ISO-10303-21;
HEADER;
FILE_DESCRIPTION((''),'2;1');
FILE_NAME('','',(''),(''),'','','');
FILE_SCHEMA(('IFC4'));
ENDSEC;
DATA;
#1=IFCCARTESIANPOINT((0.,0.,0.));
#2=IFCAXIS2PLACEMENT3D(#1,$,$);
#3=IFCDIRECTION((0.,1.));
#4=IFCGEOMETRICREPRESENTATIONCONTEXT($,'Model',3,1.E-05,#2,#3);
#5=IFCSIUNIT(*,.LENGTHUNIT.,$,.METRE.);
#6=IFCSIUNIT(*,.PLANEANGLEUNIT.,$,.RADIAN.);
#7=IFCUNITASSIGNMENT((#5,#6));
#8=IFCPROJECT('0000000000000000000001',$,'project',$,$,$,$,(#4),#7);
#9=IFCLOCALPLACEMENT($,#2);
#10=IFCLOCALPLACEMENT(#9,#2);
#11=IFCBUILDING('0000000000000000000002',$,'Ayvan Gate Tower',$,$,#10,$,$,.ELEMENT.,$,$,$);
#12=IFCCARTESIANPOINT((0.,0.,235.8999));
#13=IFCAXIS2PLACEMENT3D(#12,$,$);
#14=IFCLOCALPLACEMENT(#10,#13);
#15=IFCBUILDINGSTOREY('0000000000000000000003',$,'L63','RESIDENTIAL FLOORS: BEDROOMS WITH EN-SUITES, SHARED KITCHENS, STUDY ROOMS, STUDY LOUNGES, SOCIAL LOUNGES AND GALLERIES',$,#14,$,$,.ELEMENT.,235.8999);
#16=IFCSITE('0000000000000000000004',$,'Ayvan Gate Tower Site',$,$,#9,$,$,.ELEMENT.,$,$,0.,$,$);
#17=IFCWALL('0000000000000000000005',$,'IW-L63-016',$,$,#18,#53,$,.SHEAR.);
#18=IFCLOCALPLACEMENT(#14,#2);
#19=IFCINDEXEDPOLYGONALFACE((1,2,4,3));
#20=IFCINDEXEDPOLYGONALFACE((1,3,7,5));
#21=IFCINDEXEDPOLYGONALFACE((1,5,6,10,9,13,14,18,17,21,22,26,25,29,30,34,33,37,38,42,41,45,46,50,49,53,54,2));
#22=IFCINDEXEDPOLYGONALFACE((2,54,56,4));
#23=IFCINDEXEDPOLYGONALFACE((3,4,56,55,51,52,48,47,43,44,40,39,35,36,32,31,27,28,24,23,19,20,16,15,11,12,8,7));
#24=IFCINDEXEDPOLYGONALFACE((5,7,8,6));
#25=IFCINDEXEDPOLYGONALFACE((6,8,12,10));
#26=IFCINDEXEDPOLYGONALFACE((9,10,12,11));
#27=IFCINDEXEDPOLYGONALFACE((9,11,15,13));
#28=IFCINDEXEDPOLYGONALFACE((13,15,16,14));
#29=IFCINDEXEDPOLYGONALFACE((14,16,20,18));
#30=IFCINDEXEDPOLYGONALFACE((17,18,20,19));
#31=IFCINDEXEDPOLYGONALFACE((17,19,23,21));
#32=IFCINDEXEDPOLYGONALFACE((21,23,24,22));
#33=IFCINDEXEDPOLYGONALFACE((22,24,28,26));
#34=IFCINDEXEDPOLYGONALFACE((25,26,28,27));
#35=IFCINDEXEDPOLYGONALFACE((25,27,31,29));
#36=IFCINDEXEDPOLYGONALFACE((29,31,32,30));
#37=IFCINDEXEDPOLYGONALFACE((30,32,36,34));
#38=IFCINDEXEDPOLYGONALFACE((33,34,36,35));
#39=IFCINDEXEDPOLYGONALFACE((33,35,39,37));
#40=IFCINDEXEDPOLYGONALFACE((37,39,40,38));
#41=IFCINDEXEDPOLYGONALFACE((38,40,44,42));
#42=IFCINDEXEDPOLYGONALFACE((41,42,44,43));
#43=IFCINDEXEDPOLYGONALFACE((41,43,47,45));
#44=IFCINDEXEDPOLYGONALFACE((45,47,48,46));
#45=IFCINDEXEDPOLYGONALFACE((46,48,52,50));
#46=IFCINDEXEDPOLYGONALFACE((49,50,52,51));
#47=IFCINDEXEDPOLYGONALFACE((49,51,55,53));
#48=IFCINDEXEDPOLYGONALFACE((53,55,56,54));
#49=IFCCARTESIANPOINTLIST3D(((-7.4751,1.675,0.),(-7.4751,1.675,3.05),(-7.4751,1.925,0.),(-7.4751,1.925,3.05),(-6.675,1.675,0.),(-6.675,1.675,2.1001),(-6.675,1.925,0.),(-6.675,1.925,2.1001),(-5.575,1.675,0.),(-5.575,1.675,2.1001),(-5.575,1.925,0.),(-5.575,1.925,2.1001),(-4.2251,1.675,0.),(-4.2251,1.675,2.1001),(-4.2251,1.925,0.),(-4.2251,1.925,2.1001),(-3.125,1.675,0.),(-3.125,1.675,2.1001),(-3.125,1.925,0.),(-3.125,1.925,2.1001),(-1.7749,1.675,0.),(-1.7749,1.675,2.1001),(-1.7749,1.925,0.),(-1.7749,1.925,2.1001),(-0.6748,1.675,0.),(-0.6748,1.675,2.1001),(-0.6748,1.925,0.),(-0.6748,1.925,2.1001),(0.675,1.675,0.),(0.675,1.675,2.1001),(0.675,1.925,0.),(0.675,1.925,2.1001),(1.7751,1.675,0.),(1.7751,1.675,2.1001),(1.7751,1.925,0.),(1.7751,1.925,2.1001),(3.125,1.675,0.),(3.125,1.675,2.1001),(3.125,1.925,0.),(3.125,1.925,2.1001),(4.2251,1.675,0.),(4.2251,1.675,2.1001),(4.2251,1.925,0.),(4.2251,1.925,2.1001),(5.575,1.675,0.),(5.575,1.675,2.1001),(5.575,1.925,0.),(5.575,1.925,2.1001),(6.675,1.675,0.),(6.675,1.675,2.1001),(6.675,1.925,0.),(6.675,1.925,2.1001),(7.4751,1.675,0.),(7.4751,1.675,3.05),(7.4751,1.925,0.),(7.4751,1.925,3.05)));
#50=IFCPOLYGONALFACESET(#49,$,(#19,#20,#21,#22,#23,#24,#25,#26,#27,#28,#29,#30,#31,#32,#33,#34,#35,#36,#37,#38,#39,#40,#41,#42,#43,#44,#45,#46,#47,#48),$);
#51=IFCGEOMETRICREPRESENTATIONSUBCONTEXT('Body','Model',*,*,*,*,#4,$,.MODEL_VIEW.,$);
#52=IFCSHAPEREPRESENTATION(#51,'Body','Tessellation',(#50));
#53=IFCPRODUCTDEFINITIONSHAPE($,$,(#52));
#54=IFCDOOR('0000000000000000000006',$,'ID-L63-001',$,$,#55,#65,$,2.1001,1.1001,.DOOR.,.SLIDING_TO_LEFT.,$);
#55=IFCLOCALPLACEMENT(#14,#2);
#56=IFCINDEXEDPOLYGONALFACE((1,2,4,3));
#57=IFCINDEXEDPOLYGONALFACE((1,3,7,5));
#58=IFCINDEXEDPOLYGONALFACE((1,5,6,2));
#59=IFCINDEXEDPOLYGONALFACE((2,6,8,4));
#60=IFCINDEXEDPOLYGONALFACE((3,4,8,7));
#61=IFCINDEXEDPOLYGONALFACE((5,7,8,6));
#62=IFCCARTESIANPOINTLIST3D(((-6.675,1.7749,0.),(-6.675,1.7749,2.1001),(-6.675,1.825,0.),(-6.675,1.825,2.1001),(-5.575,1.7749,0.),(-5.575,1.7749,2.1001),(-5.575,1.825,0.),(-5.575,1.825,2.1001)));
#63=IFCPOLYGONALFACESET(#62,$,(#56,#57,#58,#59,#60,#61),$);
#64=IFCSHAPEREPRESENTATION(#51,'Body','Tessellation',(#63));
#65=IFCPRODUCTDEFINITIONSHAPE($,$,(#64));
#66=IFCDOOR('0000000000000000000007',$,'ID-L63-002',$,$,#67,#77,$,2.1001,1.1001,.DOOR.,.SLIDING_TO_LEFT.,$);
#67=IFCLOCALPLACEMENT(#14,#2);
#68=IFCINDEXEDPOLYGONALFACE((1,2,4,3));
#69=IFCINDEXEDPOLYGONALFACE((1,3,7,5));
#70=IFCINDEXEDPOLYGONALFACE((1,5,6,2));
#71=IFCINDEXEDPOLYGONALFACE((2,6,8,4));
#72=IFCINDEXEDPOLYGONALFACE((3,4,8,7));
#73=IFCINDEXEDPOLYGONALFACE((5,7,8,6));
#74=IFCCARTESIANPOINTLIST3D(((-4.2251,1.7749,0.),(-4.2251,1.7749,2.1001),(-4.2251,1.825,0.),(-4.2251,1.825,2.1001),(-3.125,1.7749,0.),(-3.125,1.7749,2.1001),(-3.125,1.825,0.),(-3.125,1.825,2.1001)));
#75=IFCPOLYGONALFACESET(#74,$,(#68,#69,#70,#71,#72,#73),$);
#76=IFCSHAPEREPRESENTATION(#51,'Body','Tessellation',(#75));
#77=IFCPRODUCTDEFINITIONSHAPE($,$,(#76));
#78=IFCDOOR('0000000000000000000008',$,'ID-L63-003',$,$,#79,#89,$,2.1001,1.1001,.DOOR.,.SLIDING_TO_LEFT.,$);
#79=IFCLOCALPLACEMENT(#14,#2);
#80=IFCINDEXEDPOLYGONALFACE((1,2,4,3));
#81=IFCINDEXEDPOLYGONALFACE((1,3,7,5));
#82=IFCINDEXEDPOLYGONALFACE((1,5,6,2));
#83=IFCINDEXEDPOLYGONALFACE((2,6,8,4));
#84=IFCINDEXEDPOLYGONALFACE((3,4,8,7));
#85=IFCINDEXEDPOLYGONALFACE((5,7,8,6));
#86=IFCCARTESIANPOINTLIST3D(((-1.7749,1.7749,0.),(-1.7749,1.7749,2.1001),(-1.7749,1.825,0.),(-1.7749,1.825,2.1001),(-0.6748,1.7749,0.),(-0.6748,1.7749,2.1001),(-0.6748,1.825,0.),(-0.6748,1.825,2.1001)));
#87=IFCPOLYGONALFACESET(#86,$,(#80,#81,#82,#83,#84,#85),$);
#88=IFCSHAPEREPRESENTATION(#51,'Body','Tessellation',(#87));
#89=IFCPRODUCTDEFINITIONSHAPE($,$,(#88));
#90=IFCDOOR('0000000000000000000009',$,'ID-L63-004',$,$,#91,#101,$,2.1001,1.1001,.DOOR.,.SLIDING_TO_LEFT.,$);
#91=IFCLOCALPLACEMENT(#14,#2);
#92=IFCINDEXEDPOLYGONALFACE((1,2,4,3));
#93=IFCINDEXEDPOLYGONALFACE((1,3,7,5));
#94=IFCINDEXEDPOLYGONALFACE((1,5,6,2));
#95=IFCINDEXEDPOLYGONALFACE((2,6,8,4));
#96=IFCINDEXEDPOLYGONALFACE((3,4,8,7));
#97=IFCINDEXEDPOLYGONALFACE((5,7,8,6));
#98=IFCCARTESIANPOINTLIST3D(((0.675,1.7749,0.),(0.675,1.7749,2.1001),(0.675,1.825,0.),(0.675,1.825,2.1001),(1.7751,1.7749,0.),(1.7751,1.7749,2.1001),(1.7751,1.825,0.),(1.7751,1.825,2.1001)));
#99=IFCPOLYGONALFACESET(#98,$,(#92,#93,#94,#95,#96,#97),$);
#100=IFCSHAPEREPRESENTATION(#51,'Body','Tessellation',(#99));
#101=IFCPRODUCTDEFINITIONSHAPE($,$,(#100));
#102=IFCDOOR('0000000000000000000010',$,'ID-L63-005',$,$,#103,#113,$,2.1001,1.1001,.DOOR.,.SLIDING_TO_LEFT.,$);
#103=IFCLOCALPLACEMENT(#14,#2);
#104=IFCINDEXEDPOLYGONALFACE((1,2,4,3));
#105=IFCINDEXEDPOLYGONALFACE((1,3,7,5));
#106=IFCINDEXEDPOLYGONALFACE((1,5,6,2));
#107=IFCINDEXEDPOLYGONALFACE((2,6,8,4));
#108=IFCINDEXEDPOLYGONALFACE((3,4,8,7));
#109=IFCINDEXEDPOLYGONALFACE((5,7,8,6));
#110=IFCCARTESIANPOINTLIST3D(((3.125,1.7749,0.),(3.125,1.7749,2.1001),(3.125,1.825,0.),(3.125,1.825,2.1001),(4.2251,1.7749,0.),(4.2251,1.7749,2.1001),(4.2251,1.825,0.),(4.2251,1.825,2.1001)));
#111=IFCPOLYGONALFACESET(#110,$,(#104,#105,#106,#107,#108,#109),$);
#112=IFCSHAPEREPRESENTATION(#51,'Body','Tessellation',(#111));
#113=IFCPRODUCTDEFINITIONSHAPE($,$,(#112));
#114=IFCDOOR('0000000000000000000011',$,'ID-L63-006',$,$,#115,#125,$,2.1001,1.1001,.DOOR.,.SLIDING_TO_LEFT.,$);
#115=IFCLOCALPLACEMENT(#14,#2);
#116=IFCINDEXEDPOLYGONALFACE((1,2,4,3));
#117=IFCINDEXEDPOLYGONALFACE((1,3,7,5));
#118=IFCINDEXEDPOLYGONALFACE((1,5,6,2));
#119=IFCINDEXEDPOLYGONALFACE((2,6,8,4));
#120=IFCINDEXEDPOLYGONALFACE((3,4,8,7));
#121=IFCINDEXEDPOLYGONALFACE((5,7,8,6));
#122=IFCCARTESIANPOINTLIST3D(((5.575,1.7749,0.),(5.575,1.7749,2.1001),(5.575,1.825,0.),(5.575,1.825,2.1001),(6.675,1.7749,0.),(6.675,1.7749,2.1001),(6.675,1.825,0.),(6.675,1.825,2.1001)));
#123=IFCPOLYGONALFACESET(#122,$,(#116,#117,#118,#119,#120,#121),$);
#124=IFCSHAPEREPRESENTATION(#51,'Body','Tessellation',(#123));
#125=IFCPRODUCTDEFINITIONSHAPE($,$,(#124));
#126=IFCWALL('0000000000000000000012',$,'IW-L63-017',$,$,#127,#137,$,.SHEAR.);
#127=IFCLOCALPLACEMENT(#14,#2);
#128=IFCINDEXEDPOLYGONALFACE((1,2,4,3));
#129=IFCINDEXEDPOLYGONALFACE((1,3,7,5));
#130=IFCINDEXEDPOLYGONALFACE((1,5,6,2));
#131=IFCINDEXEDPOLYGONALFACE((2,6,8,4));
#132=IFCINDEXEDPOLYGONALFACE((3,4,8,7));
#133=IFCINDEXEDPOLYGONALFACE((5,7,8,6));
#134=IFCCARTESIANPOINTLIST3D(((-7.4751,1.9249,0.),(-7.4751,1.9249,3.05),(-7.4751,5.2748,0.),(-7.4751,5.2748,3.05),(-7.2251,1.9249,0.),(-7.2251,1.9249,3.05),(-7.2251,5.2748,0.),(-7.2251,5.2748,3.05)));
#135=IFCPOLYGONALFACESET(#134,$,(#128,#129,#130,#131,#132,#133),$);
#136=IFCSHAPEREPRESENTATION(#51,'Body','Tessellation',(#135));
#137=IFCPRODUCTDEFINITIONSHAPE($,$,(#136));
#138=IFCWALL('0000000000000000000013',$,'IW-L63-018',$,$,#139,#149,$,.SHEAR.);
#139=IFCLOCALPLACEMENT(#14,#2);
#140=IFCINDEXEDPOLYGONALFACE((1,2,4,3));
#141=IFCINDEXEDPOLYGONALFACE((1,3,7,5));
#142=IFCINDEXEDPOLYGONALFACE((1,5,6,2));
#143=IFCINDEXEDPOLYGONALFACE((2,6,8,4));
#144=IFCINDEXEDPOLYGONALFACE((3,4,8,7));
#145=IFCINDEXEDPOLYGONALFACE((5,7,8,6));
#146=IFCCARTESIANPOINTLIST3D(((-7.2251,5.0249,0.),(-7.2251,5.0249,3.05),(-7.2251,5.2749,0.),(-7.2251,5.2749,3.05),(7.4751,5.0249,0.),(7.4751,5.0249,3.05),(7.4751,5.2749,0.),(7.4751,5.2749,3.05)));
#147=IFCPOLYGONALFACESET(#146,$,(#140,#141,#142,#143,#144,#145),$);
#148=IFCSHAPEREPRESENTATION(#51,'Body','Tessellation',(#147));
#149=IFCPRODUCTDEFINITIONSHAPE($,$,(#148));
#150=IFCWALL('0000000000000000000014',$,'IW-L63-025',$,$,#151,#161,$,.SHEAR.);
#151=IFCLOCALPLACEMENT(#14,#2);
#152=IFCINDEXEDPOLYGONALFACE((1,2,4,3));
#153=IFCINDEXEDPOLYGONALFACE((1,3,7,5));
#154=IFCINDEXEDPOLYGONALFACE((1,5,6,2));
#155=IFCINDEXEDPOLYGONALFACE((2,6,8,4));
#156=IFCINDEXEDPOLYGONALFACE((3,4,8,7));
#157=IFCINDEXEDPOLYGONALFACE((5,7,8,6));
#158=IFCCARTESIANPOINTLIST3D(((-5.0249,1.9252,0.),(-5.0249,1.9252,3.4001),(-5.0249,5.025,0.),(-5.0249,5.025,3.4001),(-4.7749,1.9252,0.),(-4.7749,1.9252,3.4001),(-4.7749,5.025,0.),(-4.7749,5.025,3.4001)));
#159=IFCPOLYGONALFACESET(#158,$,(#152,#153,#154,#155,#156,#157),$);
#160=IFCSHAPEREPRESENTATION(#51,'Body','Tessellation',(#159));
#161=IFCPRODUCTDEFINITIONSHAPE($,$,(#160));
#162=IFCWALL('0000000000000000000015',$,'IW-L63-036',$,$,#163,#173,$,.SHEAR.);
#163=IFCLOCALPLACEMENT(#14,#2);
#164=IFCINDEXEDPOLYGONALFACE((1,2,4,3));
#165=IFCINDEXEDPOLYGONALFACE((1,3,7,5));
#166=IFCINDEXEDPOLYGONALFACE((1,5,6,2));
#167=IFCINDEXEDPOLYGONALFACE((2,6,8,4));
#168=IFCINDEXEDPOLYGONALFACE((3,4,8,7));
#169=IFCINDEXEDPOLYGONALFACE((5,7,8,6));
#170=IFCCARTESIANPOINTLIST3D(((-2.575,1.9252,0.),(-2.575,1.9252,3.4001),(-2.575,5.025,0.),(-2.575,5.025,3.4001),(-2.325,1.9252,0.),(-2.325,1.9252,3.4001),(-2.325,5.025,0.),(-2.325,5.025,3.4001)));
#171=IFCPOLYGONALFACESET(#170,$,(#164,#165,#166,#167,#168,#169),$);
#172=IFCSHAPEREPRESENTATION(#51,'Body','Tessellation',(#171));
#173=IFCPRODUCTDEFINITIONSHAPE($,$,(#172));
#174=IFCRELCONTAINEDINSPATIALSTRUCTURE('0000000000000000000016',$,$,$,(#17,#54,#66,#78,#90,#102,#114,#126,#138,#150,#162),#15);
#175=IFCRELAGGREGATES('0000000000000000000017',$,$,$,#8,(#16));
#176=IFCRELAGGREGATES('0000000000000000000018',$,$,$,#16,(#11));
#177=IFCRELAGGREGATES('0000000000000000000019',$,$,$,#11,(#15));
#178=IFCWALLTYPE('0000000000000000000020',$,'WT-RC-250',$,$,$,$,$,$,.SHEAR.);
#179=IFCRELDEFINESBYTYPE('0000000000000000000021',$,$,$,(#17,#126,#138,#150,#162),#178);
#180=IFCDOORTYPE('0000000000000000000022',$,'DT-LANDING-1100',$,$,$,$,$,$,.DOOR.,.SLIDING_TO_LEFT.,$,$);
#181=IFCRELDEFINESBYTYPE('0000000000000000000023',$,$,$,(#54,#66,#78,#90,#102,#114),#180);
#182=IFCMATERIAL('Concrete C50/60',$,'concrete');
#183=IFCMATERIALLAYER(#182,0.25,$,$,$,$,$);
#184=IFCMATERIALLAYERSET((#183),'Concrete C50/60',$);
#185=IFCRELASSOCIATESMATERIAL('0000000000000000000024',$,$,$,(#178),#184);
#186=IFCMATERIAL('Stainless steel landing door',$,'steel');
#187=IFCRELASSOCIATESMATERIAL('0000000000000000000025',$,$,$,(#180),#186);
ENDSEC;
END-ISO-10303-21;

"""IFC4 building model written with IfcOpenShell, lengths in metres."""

from ifc_helpers import new_model, si_unit, direction, frame, frame_2d, origin, place, context, subcontext, project, spatial, rectangle, extrude, material, layer, layer_set, type_object, element, fill, save


model = new_model("IFC4")

# Units and contexts
model_context = context("Model", 3, precision=1e-05, world=origin(), true_north=direction((0.0, 1.0)))
body_context = subcontext(model_context, "Body", "Model", "MODEL_VIEW")
ifc_project = project(units=[si_unit("LENGTHUNIT", "METRE"), si_unit("PLANEANGLEUNIT", "RADIAN")], contexts=[model_context])

# Site, building, storey
site_placement = place(None, origin())
site = spatial("IfcSite", under=ifc_project, at=site_placement, Name="Ayvan Gate Tower Site", CompositionType="ELEMENT", RefElevation=0.0)
building_placement = place(site_placement, origin())
building = spatial("IfcBuilding", under=site, at=building_placement, Name="Ayvan Gate Tower", CompositionType="ELEMENT")
storey_placement = place(building_placement, frame((0.0, 0.0, 235.8999)))
storey = spatial("IfcBuildingStorey", under=building, at=storey_placement, Name="L63", Description="RESIDENTIAL FLOORS: BEDROOMS WITH EN-SUITES, SHARED KITCHENS, STUDY ROOMS, STUDY LOUNGES, SOCIAL LOUNGES AND GALLERIES", CompositionType="ELEMENT", Elevation=235.8999)

# Wall, openings, doors
ifc_material_1 = material(Name="Concrete C50/60", Category="concrete")
ifc_layer_1 = layer(ifc_material_1, 0.25)
ifc_layer_set_1 = layer_set([ifc_layer_1], Name="Concrete C50/60")
wall_type_1 = type_object("IfcWallType", Name="WT-RC-250", PredefinedType="SHEAR", material=ifc_layer_set_1)
wall_1_placement = place(storey_placement, frame((-7.4751, 1.8, 0.0), z_axis=(0.0, 0.0, 1.0), x_axis=(1.0, 0.0, 0.0)))
wall_1 = element("IfcWall", 1, at=wall_1_placement, inside=storey, type_object=wall_type_1, Name="IW-L63-016", PredefinedType="SHEAR", context=body_context, shape_type="SweptSolid", body=[
    extrude(rectangle(XDim=14.9502, YDim=0.25, at=frame_2d((7.4751, 0.0))), origin(), (0.0, 0.0, 1.0), 3.05),
])
opening_1_placement = place(wall_1_placement, frame((0.8, 0.0, 0.0)))
opening_1 = element("IfcOpeningElement", 2, at=opening_1_placement, cuts=wall_1, PredefinedType="OPENING", context=body_context, shape_type="SweptSolid", body=[
    extrude(rectangle(XDim=1.1001, YDim=2.1001, at=frame_2d((0.55, 1.05))), frame((0.0, 0.135, 0.0), z_axis=(0.0, -1.0, 0.0), x_axis=(1.0, 0.0, 0.0)), (0.0, 0.0, 1.0), 0.27),
])
opening_2_placement = place(wall_1_placement, frame((3.25, 0.0, 0.0)))
opening_2 = element("IfcOpeningElement", 3, at=opening_2_placement, cuts=wall_1, PredefinedType="OPENING", context=body_context, shape_type="SweptSolid", body=[
    extrude(rectangle(XDim=1.1001, YDim=2.1001, at=frame_2d((0.55, 1.05))), frame((0.0, 0.135, 0.0), z_axis=(0.0, -1.0, 0.0), x_axis=(1.0, 0.0, 0.0)), (0.0, 0.0, 1.0), 0.27),
])
opening_3_placement = place(wall_1_placement, frame((5.7002, 0.0, 0.0)))
opening_3 = element("IfcOpeningElement", 4, at=opening_3_placement, cuts=wall_1, PredefinedType="OPENING", context=body_context, shape_type="SweptSolid", body=[
    extrude(rectangle(XDim=1.1001, YDim=2.1001, at=frame_2d((0.55, 1.05))), frame((0.0, 0.135, 0.0), z_axis=(0.0, -1.0, 0.0), x_axis=(1.0, 0.0, 0.0)), (0.0, 0.0, 1.0), 0.27),
])
opening_4_placement = place(wall_1_placement, frame((8.1501, 0.0, 0.0)))
opening_4 = element("IfcOpeningElement", 5, at=opening_4_placement, cuts=wall_1, PredefinedType="OPENING", context=body_context, shape_type="SweptSolid", body=[
    extrude(rectangle(XDim=1.1001, YDim=2.1001, at=frame_2d((0.55, 1.05))), frame((0.0, 0.135, 0.0), z_axis=(0.0, -1.0, 0.0), x_axis=(1.0, 0.0, 0.0)), (0.0, 0.0, 1.0), 0.27),
])
opening_5_placement = place(wall_1_placement, frame((10.6001, 0.0, 0.0)))
opening_5 = element("IfcOpeningElement", 6, at=opening_5_placement, cuts=wall_1, PredefinedType="OPENING", context=body_context, shape_type="SweptSolid", body=[
    extrude(rectangle(XDim=1.1001, YDim=2.1001, at=frame_2d((0.55, 1.05))), frame((0.0, 0.135, 0.0), z_axis=(0.0, -1.0, 0.0), x_axis=(1.0, 0.0, 0.0)), (0.0, 0.0, 1.0), 0.27),
])
opening_6_placement = place(wall_1_placement, frame((13.05, 0.0, 0.0)))
opening_6 = element("IfcOpeningElement", 7, at=opening_6_placement, cuts=wall_1, PredefinedType="OPENING", context=body_context, shape_type="SweptSolid", body=[
    extrude(rectangle(XDim=1.1001, YDim=2.1001, at=frame_2d((0.55, 1.05))), frame((0.0, 0.135, 0.0), z_axis=(0.0, -1.0, 0.0), x_axis=(1.0, 0.0, 0.0)), (0.0, 0.0, 1.0), 0.27),
])
ifc_material_2 = material(Name="Stainless steel landing door", Category="steel")
door_type_1 = type_object("IfcDoorType", Name="DT-LANDING-1100", OperationType="SLIDING_TO_LEFT", PredefinedType="DOOR", material=ifc_material_2)
door_1_placement = place(opening_1_placement, origin())
door_1 = element("IfcDoor", 8, at=door_1_placement, inside=storey, type_object=door_type_1, Name="ID-L63-001", OperationType="SLIDING_TO_LEFT", OverallHeight=2.1001, OverallWidth=1.1001, PredefinedType="DOOR", context=body_context, shape_type="SweptSolid", body=[
    extrude(rectangle(XDim=1.1001, YDim=2.1001, at=frame_2d((0.55, 1.05))), frame((0.0, 0.0249, 0.0), z_axis=(0.0, -1.0, 0.0), x_axis=(1.0, 0.0, 0.0)), (0.0, 0.0, 1.0), 0.05),
])
fill(opening_1, door_1)
door_2_placement = place(opening_2_placement, origin())
door_2 = element("IfcDoor", 9, at=door_2_placement, inside=storey, type_object=door_type_1, Name="ID-L63-002", OperationType="SLIDING_TO_LEFT", OverallHeight=2.1001, OverallWidth=1.1001, PredefinedType="DOOR", context=body_context, shape_type="SweptSolid", body=[
    extrude(rectangle(XDim=1.1001, YDim=2.1001, at=frame_2d((0.55, 1.05))), frame((0.0, 0.0249, 0.0), z_axis=(0.0, -1.0, 0.0), x_axis=(1.0, 0.0, 0.0)), (0.0, 0.0, 1.0), 0.05),
])
fill(opening_2, door_2)
door_3_placement = place(opening_3_placement, origin())
door_3 = element("IfcDoor", 10, at=door_3_placement, inside=storey, type_object=door_type_1, Name="ID-L63-003", OperationType="SLIDING_TO_LEFT", OverallHeight=2.1001, OverallWidth=1.1001, PredefinedType="DOOR", context=body_context, shape_type="SweptSolid", body=[
    extrude(rectangle(XDim=1.1001, YDim=2.1001, at=frame_2d((0.55, 1.05))), frame((0.0, 0.0249, 0.0), z_axis=(0.0, -1.0, 0.0), x_axis=(1.0, 0.0, 0.0)), (0.0, 0.0, 1.0), 0.05),
])
fill(opening_3, door_3)
door_4_placement = place(opening_4_placement, origin())
door_4 = element("IfcDoor", 11, at=door_4_placement, inside=storey, type_object=door_type_1, Name="ID-L63-004", OperationType="SLIDING_TO_LEFT", OverallHeight=2.1001, OverallWidth=1.1001, PredefinedType="DOOR", context=body_context, shape_type="SweptSolid", body=[
    extrude(rectangle(XDim=1.1001, YDim=2.1001, at=frame_2d((0.55, 1.05))), frame((0.0, 0.0249, 0.0), z_axis=(0.0, -1.0, 0.0), x_axis=(1.0, 0.0, 0.0)), (0.0, 0.0, 1.0), 0.05),
])
fill(opening_4, door_4)
door_5_placement = place(opening_5_placement, origin())
door_5 = element("IfcDoor", 12, at=door_5_placement, inside=storey, type_object=door_type_1, Name="ID-L63-005", OperationType="SLIDING_TO_LEFT", OverallHeight=2.1001, OverallWidth=1.1001, PredefinedType="DOOR", context=body_context, shape_type="SweptSolid", body=[
    extrude(rectangle(XDim=1.1001, YDim=2.1001, at=frame_2d((0.55, 1.05))), frame((0.0, 0.0249, 0.0), z_axis=(0.0, -1.0, 0.0), x_axis=(1.0, 0.0, 0.0)), (0.0, 0.0, 1.0), 0.05),
])
fill(opening_5, door_5)
door_6_placement = place(opening_6_placement, origin())
door_6 = element("IfcDoor", 13, at=door_6_placement, inside=storey, type_object=door_type_1, Name="ID-L63-006", OperationType="SLIDING_TO_LEFT", OverallHeight=2.1001, OverallWidth=1.1001, PredefinedType="DOOR", context=body_context, shape_type="SweptSolid", body=[
    extrude(rectangle(XDim=1.1001, YDim=2.1001, at=frame_2d((0.55, 1.05))), frame((0.0, 0.0249, 0.0), z_axis=(0.0, -1.0, 0.0), x_axis=(1.0, 0.0, 0.0)), (0.0, 0.0, 1.0), 0.05),
])
fill(opening_6, door_6)

# Walls
wall_2_placement = place(storey_placement, frame((-7.3501, 1.925, 0.0), z_axis=(0.0, 0.0, 1.0), x_axis=(0.0, 1.0, 0.0)))
element("IfcWall", 14, at=wall_2_placement, inside=storey, type_object=wall_type_1, Name="IW-L63-017", PredefinedType="SHEAR", context=body_context, shape_type="SweptSolid", body=[
    extrude(rectangle(XDim=3.3499, YDim=0.25, at=frame_2d((1.6748, 0.0))), origin(), (0.0, 0.0, 1.0), 3.05),
])
wall_3_placement = place(storey_placement, frame((-7.2251, 5.1499, 0.0), z_axis=(0.0, 0.0, 1.0), x_axis=(1.0, 0.0, 0.0)))
element("IfcWall", 15, at=wall_3_placement, inside=storey, type_object=wall_type_1, Name="IW-L63-018", PredefinedType="SHEAR", context=body_context, shape_type="SweptSolid", body=[
    extrude(rectangle(XDim=14.7002, YDim=0.25, at=frame_2d((7.3501, 0.0))), origin(), (0.0, 0.0, 1.0), 3.05),
])
for number, where, z_axis, x_axis, name in (
    (16, (-4.8999, 5.0249, 0.0), (0.0, 0.0, 1.0), (0.0, -1.0, 0.0), "IW-L63-025"),
    (17, (-2.45, 5.0249, 0.0), (0.0, 0.0, 1.0), (0.0, -1.0, 0.0), "IW-L63-036"),
):
    element("IfcWall", number, at=place(storey_placement, frame(where, z_axis=z_axis, x_axis=x_axis)), inside=storey, type_object=wall_type_1, Name=name, PredefinedType="SHEAR", context=body_context, shape_type="SweptSolid", body=[
        extrude(rectangle(XDim=3.0999, YDim=0.25, at=frame_2d((1.5498, 0.0))), origin(), (0.0, 0.0, 1.0), 3.4001),
    ])

save(model, "model.ifc")
